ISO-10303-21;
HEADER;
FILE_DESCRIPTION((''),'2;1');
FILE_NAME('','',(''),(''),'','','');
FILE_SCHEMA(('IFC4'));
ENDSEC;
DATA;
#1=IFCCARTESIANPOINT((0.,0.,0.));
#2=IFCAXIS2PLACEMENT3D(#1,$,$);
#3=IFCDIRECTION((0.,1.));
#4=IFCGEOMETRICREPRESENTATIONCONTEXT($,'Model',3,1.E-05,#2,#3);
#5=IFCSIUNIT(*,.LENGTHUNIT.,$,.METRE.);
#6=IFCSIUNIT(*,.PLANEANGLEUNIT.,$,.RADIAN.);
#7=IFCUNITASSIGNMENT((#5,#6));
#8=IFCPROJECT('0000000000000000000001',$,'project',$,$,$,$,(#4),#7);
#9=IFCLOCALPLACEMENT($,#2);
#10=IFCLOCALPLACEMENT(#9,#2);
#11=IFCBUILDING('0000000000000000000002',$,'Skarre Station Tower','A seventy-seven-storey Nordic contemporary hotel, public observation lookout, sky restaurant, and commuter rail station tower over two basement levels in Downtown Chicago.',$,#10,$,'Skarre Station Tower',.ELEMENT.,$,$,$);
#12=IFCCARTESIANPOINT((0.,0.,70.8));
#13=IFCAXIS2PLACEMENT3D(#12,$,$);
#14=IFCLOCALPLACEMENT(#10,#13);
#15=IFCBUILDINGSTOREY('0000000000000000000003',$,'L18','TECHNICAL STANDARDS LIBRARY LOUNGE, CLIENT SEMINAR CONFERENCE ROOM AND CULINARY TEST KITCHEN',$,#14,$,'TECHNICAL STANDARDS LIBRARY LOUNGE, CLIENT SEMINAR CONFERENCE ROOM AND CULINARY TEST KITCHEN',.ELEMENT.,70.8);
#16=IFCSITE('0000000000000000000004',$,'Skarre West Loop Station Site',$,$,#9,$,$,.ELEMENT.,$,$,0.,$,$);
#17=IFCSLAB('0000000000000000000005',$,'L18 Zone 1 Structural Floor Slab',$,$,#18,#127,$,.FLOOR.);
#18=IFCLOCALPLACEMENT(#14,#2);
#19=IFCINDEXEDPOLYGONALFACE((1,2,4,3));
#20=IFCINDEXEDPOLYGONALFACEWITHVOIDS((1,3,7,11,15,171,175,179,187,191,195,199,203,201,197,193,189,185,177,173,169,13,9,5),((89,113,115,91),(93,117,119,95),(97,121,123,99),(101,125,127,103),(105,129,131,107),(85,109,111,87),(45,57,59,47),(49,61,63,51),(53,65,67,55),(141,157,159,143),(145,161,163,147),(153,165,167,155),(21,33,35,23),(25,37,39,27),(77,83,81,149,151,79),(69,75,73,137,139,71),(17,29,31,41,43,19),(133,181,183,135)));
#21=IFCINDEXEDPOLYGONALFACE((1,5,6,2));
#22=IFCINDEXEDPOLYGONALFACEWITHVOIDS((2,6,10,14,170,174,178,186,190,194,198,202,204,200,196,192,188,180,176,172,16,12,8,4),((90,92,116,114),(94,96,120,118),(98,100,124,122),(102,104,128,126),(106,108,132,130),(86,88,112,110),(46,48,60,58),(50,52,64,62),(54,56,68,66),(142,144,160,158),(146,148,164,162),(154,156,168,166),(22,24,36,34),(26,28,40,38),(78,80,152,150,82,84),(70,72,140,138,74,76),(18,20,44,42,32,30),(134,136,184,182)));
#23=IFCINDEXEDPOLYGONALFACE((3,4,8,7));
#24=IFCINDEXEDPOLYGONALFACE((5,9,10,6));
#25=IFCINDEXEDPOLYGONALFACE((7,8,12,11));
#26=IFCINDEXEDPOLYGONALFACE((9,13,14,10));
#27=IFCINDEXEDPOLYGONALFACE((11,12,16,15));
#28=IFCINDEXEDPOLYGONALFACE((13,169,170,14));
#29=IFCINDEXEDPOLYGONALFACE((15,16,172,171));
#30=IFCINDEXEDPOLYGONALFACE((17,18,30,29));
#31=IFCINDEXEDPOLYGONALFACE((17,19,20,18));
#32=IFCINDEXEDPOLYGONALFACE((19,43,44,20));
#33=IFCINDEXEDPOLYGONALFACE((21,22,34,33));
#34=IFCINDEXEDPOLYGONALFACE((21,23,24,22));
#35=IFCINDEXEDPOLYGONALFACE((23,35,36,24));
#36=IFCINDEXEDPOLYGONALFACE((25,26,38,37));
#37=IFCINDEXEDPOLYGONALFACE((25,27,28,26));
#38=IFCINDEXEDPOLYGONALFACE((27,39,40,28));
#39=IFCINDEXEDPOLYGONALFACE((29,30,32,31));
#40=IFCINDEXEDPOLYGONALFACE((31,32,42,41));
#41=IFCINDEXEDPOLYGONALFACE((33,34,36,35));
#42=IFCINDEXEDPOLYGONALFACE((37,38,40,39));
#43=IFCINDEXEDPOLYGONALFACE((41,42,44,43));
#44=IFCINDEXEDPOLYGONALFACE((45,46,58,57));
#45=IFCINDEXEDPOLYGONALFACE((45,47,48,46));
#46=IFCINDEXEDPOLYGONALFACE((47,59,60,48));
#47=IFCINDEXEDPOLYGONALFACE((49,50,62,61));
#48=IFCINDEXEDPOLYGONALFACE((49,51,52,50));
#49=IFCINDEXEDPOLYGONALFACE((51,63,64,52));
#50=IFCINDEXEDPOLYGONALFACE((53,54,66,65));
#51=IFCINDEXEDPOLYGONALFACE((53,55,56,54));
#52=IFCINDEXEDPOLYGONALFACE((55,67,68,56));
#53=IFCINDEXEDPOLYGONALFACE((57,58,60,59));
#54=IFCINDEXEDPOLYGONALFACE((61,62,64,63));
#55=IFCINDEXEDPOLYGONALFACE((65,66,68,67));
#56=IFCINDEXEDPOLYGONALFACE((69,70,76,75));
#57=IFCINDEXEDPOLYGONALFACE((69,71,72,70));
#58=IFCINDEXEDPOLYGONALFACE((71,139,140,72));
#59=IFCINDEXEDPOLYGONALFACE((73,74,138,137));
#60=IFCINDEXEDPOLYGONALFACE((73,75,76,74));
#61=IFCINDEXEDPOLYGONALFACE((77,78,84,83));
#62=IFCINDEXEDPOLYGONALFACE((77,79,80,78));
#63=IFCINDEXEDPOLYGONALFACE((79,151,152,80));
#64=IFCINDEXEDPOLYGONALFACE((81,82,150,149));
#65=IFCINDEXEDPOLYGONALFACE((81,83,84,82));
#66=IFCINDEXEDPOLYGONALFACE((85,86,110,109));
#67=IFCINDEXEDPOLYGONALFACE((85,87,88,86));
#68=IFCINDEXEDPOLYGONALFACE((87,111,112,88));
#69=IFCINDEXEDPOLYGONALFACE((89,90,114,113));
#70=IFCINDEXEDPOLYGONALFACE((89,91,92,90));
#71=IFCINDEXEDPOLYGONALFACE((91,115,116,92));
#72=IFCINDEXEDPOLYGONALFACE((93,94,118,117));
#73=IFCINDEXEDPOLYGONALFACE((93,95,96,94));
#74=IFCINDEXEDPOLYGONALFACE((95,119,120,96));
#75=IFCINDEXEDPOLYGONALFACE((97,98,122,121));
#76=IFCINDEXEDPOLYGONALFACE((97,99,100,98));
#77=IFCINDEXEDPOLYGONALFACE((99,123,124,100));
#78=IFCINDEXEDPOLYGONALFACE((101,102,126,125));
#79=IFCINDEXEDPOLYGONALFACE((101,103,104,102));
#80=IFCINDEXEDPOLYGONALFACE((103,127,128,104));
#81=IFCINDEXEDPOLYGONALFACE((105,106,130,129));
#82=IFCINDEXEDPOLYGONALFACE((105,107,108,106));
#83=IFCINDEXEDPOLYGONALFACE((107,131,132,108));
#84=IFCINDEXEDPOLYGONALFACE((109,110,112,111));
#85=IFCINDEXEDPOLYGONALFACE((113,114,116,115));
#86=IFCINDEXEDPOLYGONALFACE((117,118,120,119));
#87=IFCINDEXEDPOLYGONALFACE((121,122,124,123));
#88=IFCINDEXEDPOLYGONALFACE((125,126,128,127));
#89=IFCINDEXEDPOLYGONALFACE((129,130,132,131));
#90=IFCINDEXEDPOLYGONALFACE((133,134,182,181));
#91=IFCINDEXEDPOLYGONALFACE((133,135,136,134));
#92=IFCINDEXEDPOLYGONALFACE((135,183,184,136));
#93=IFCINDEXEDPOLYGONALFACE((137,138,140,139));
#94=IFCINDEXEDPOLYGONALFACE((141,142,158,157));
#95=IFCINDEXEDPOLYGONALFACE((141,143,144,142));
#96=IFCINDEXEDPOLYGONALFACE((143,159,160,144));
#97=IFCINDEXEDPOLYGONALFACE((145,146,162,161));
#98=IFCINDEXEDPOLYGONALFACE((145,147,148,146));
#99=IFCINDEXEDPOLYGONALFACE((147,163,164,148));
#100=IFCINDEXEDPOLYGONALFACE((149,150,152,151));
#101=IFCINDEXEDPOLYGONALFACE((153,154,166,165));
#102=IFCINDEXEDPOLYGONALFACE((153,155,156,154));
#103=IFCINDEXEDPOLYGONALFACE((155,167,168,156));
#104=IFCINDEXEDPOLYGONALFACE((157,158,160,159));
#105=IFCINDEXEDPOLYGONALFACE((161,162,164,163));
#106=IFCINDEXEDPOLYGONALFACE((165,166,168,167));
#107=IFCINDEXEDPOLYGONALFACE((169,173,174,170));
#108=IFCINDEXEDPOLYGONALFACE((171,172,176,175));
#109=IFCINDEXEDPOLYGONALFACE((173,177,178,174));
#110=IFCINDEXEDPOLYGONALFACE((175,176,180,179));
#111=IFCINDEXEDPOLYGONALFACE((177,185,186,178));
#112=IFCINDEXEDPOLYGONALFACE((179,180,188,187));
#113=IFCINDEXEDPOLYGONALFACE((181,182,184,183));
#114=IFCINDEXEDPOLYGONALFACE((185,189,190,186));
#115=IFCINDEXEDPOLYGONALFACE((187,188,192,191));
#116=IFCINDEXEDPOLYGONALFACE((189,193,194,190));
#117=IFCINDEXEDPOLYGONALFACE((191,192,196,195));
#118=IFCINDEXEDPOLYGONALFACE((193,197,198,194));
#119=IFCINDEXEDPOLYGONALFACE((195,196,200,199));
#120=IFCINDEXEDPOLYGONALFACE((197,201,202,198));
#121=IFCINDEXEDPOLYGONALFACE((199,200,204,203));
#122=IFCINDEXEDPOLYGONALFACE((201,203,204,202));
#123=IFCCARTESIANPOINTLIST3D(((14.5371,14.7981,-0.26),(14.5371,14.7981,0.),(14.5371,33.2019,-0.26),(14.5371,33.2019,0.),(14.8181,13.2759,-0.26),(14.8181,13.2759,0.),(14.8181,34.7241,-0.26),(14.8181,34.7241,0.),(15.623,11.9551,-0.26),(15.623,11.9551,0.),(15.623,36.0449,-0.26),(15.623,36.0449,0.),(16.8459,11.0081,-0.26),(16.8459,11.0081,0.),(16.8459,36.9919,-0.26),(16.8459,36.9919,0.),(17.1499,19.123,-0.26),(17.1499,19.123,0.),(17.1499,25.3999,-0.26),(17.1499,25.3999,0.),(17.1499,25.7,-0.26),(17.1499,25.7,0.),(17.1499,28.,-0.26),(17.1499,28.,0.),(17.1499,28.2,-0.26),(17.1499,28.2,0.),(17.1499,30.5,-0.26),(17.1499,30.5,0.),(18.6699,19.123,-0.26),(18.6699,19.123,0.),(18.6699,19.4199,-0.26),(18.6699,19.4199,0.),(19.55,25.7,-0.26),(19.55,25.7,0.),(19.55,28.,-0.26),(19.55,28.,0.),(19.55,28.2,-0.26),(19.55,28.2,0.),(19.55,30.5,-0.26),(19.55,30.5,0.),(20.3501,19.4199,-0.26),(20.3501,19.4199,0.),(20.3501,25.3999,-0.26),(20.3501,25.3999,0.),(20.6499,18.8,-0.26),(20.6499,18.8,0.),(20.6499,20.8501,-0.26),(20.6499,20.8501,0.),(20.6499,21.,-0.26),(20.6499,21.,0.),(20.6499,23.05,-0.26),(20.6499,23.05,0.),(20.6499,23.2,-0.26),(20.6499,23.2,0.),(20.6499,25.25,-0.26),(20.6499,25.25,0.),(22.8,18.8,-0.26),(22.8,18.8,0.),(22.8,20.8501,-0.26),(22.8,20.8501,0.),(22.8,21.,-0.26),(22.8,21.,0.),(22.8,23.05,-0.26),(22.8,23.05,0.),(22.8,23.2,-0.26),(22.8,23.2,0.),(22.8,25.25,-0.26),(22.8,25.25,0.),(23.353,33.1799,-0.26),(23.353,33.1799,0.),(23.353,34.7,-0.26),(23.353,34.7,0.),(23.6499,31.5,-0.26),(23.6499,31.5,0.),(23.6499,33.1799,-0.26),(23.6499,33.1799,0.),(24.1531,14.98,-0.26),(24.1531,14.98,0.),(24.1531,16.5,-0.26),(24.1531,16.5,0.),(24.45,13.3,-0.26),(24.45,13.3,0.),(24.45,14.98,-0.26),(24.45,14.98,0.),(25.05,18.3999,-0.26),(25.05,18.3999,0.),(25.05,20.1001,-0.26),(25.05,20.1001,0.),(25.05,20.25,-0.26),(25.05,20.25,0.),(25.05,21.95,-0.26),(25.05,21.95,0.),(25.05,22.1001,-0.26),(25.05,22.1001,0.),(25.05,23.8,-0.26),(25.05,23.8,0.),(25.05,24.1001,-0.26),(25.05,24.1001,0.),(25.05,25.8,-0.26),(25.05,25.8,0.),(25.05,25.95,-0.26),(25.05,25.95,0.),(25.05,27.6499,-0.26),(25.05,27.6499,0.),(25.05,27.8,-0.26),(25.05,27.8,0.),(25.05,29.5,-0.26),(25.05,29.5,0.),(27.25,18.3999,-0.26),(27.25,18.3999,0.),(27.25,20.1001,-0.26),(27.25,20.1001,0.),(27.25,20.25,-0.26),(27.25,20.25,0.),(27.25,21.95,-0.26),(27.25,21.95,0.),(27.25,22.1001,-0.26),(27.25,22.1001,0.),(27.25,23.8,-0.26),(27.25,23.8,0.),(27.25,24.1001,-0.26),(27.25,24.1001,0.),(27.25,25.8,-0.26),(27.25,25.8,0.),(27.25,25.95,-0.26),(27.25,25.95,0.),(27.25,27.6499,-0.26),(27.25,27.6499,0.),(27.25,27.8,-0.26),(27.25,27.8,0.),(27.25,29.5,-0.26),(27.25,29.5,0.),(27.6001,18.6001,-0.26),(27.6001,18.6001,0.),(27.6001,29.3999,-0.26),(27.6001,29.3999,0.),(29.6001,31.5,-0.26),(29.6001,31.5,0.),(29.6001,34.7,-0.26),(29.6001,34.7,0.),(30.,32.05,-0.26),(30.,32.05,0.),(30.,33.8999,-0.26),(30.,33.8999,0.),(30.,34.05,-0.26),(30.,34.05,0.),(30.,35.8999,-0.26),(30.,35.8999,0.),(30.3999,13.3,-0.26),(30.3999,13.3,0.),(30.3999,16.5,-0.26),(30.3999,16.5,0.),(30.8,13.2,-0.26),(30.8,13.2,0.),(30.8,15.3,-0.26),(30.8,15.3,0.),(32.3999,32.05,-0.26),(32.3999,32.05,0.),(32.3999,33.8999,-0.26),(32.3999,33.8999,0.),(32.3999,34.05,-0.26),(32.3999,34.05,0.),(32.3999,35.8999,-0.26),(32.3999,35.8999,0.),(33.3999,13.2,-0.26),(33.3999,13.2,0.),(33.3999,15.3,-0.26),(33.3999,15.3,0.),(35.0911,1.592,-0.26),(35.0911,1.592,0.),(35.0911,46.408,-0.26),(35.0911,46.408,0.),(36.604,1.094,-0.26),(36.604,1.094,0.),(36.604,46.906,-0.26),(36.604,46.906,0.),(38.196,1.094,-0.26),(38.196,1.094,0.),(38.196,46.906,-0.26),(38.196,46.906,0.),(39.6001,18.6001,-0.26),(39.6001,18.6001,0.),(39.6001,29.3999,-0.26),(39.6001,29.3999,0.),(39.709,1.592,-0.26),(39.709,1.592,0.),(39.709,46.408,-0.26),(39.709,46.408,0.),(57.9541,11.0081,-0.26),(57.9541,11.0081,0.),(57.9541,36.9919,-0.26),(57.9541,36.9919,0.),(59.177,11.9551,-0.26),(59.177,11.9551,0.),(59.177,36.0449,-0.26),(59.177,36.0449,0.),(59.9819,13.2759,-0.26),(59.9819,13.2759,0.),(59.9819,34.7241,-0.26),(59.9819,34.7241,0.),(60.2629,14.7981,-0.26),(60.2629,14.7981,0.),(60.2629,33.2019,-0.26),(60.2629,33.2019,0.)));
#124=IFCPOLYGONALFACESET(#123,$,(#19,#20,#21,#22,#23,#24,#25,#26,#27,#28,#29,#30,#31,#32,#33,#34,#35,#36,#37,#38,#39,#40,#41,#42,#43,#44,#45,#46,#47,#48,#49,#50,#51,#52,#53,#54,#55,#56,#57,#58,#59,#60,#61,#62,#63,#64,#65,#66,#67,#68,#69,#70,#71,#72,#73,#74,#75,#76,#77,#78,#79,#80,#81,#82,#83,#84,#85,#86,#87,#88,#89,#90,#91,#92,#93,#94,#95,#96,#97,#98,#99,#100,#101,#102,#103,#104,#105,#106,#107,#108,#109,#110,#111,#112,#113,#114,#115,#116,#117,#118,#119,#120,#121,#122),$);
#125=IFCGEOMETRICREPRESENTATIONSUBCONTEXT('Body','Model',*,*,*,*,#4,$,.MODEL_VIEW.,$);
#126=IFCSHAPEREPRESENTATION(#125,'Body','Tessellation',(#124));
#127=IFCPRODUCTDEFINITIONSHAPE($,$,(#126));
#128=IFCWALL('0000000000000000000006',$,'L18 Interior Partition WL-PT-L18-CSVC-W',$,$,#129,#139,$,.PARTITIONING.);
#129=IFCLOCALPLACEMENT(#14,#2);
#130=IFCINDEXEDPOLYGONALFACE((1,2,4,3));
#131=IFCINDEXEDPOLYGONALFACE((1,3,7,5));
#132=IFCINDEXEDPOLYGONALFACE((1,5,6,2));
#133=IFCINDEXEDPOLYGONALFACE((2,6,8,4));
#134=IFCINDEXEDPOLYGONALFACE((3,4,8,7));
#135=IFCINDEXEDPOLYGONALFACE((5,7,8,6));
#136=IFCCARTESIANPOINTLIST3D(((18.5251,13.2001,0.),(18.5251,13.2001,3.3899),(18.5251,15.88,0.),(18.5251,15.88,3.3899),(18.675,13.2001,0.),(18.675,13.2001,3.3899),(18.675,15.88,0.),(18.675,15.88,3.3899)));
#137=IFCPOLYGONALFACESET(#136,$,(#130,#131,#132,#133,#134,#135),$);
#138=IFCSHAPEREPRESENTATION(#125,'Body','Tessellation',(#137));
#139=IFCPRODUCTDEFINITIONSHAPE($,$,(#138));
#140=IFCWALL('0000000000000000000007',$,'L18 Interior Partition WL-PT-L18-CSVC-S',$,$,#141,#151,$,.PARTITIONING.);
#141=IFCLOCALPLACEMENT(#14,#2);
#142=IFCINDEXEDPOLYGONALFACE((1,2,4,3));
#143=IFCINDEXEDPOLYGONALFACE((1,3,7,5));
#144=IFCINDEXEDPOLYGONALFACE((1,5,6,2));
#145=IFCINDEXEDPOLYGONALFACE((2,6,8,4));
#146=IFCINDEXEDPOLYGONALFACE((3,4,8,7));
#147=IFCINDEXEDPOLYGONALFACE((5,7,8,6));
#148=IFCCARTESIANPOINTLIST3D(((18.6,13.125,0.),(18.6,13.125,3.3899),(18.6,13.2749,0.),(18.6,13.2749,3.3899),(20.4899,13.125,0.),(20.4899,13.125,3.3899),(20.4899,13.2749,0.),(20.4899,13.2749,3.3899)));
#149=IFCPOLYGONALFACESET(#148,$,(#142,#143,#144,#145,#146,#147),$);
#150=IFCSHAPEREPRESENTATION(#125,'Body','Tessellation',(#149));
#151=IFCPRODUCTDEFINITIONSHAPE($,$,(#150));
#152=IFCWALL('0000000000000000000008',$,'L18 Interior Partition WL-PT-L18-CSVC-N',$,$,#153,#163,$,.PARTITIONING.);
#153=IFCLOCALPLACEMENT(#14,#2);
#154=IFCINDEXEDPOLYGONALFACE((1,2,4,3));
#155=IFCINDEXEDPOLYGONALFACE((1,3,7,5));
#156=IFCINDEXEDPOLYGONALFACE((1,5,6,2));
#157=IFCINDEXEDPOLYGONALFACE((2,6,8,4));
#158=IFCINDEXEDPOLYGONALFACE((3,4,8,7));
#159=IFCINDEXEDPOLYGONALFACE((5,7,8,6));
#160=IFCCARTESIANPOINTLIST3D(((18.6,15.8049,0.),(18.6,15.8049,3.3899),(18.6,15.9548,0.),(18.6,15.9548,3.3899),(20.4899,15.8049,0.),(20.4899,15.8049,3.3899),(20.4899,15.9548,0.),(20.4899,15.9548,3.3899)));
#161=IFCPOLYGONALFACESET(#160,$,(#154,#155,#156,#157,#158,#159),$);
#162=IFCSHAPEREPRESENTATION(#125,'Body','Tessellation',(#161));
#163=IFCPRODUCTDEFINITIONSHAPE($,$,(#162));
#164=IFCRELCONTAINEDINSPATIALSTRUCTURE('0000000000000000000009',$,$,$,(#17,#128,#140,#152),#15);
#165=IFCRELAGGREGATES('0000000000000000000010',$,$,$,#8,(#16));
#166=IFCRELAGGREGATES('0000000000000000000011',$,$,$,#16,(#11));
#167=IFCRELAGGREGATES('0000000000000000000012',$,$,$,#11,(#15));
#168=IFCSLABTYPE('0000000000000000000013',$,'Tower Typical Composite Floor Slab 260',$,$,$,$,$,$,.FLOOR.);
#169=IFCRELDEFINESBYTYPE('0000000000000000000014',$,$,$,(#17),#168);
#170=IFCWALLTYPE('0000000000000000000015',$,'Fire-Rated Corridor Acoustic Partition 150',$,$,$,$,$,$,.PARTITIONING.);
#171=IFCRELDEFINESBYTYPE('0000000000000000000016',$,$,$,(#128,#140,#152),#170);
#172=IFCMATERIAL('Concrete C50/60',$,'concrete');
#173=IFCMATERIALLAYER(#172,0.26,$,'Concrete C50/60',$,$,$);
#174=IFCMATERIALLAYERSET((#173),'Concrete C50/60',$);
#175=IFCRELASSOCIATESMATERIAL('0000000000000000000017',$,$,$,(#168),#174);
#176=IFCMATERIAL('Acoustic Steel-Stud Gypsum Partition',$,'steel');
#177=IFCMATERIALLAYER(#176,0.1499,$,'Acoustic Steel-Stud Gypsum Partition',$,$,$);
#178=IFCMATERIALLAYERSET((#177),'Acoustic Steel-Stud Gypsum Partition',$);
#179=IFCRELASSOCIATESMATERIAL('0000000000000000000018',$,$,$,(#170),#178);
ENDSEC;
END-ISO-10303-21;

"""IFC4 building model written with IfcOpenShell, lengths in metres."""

from ifc_helpers import new_model, si_unit, direction, frame, frame_2d, origin, place, context, subcontext, project, spatial, polyline, rectangle, outline, extrude, material, layer, layer_set, type_object, element, save


model = new_model("IFC4")

# Units and contexts
model_context = context("Model", 3, precision=1e-05, world=origin(), true_north=direction((0.0, 1.0)))
body_context = subcontext(model_context, "Body", "Model", "MODEL_VIEW")
ifc_project = project(units=[si_unit("LENGTHUNIT", "METRE"), si_unit("PLANEANGLEUNIT", "RADIAN")], contexts=[model_context])

# Site, building, storey
site_placement = place(None, origin())
site = spatial("IfcSite", under=ifc_project, at=site_placement, Name="Skarre West Loop Station Site", CompositionType="ELEMENT", RefElevation=0.0)
building_placement = place(site_placement, origin())
building = spatial("IfcBuilding", under=site, at=building_placement, Name="Skarre Station Tower", Description="A seventy-seven-storey Nordic contemporary hotel, public observation lookout, sky restaurant, and commuter rail station tower over two basement levels in Downtown Chicago.", LongName="Skarre Station Tower", CompositionType="ELEMENT")
storey_placement = place(building_placement, frame((0.0, 0.0, 70.8)))
storey = spatial("IfcBuildingStorey", under=building, at=storey_placement, Name="L18", Description="TECHNICAL STANDARDS LIBRARY LOUNGE, CLIENT SEMINAR CONFERENCE ROOM AND CULINARY TEST KITCHEN", LongName="TECHNICAL STANDARDS LIBRARY LOUNGE, CLIENT SEMINAR CONFERENCE ROOM AND CULINARY TEST KITCHEN", CompositionType="ELEMENT", Elevation=70.8)

# Slab
ifc_material_1 = material(Name="Concrete C50/60", Category="concrete")
ifc_layer_1 = layer(ifc_material_1, 0.26, Name="Concrete C50/60")
ifc_layer_set_1 = layer_set([ifc_layer_1], Name="Concrete C50/60")
slab_type_1 = type_object("IfcSlabType", Name="Tower Typical Composite Floor Slab 260", PredefinedType="FLOOR", material=ifc_layer_set_1)
slab_1_placement = place(storey_placement, frame((0.0, 0.0, -0.26)))
element("IfcSlab", 1, at=slab_1_placement, inside=storey, type_object=slab_type_1, Name="L18 Zone 1 Structural Floor Slab", PredefinedType="FLOOR", context=body_context, shape_type="SweptSolid", body=[
    extrude(outline(polyline([(60.2629, 33.2019), (59.9819, 34.7241), (59.177, 36.0449), (57.9541, 36.9919), (39.709, 46.408), (38.196, 46.906), (36.604, 46.906), (35.0911, 46.408), (16.8459, 36.9919), (15.623, 36.0449), (14.8181, 34.7241), (14.5371, 33.2019), (14.5371, 14.7981), (14.8181, 13.2759), (15.623, 11.9551), (16.8459, 11.0081), (35.0911, 1.592), (36.604, 1.094), (38.196, 1.094), (39.709, 1.592), (57.9541, 11.0081), (59.177, 11.9551), (59.9819, 13.2759), (60.2629, 14.7981), (60.2629, 33.2019)]), holes=[polyline([(18.6699, 19.4199), (18.6699, 19.123), (17.1499, 19.123), (17.1499, 25.3999), (20.3501, 25.3999), (20.3501, 19.4199), (18.6699, 19.4199)]), polyline([(24.45, 14.98), (24.1531, 14.98), (24.1531, 16.5), (30.3999, 16.5), (30.3999, 13.3), (24.45, 13.3), (24.45, 14.98)]), polyline([(23.6499, 33.1799), (23.353, 33.1799), (23.353, 34.7), (29.6001, 34.7), (29.6001, 31.5), (23.6499, 31.5), (23.6499, 33.1799)]), polyline([(17.1499, 28.0), (19.55, 28.0), (19.55, 25.7), (17.1499, 25.7), (17.1499, 28.0)]), polyline([(17.1499, 30.5), (19.55, 30.5), (19.55, 28.2), (17.1499, 28.2), (17.1499, 30.5)]), polyline([(30.8, 15.3), (33.3999, 15.3), (33.3999, 13.2), (30.8, 13.2), (30.8, 15.3)]), polyline([(25.05, 20.1001), (27.25, 20.1001), (27.25, 18.3999), (25.05, 18.3999), (25.05, 20.1001)]), polyline([(25.05, 21.95), (27.25, 21.95), (27.25, 20.25), (25.05, 20.25), (25.05, 21.95)]), polyline([(25.05, 23.8), (27.25, 23.8), (27.25, 22.1001), (25.05, 22.1001), (25.05, 23.8)]), polyline([(25.05, 25.8), (27.25, 25.8), (27.25, 24.1001), (25.05, 24.1001), (25.05, 25.8)]), polyline([(25.05, 27.6499), (27.25, 27.6499), (27.25, 25.95), (25.05, 25.95), (25.05, 27.6499)]), polyline([(25.05, 29.5), (27.25, 29.5), (27.25, 27.8), (25.05, 27.8), (25.05, 29.5)]), polyline([(20.6499, 20.8501), (22.8, 20.8501), (22.8, 18.8), (20.6499, 18.8), (20.6499, 20.8501)]), polyline([(20.6499, 23.05), (22.8, 23.05), (22.8, 21.0), (20.6499, 21.0), (20.6499, 23.05)]), polyline([(20.6499, 25.25), (22.8, 25.25), (22.8, 23.2), (20.6499, 23.2), (20.6499, 25.25)]), polyline([(30.0, 33.8999), (32.3999, 33.8999), (32.3999, 32.05), (30.0, 32.05), (30.0, 33.8999)]), polyline([(30.0, 35.8999), (32.3999, 35.8999), (32.3999, 34.05), (30.0, 34.05), (30.0, 35.8999)]), polyline([(27.6001, 29.3999), (39.6001, 29.3999), (39.6001, 18.6001), (27.6001, 18.6001), (27.6001, 29.3999)])]), origin(), (0.0, 0.0, 1.0), 0.26),
])

# Walls
ifc_material_2 = material(Name="Acoustic Steel-Stud Gypsum Partition", Category="steel")
ifc_layer_2 = layer(ifc_material_2, 0.1499, Name="Acoustic Steel-Stud Gypsum Partition")
ifc_layer_set_2 = layer_set([ifc_layer_2], Name="Acoustic Steel-Stud Gypsum Partition")
wall_type_1 = type_object("IfcWallType", Name="Fire-Rated Corridor Acoustic Partition 150", PredefinedType="PARTITIONING", material=ifc_layer_set_2)
wall_1_placement = place(storey_placement, frame((18.6001, 15.8799, 0.0), z_axis=(0.0, 0.0, 1.0), x_axis=(0.0, -1.0, 0.0)))
element("IfcWall", 2, at=wall_1_placement, inside=storey, type_object=wall_type_1, Name="L18 Interior Partition WL-PT-L18-CSVC-W", PredefinedType="PARTITIONING", context=body_context, shape_type="SweptSolid", body=[
    extrude(rectangle(XDim=2.6799, YDim=0.1499, at=frame_2d((1.3398, 0.0))), origin(), (0.0, 0.0, 1.0), 3.3899),
])
for number, where, z_axis, x_axis, name in (
    (3, (18.6001, 13.2, 0.0), (0.0, 0.0, 1.0), (1.0, 0.0, 0.0), "L18 Interior Partition WL-PT-L18-CSVC-S"),
    (4, (18.6001, 15.8799, 0.0), (0.0, 0.0, 1.0), (1.0, 0.0, 0.0), "L18 Interior Partition WL-PT-L18-CSVC-N"),
):
    element("IfcWall", number, at=place(storey_placement, frame(where, z_axis=z_axis, x_axis=x_axis)), inside=storey, type_object=wall_type_1, Name=name, PredefinedType="PARTITIONING", context=body_context, shape_type="SweptSolid", body=[
        extrude(rectangle(XDim=1.8899, YDim=0.1499, at=frame_2d((0.9448, 0.0))), origin(), (0.0, 0.0, 1.0), 3.3899),
    ])

save(model, "model.ifc")
